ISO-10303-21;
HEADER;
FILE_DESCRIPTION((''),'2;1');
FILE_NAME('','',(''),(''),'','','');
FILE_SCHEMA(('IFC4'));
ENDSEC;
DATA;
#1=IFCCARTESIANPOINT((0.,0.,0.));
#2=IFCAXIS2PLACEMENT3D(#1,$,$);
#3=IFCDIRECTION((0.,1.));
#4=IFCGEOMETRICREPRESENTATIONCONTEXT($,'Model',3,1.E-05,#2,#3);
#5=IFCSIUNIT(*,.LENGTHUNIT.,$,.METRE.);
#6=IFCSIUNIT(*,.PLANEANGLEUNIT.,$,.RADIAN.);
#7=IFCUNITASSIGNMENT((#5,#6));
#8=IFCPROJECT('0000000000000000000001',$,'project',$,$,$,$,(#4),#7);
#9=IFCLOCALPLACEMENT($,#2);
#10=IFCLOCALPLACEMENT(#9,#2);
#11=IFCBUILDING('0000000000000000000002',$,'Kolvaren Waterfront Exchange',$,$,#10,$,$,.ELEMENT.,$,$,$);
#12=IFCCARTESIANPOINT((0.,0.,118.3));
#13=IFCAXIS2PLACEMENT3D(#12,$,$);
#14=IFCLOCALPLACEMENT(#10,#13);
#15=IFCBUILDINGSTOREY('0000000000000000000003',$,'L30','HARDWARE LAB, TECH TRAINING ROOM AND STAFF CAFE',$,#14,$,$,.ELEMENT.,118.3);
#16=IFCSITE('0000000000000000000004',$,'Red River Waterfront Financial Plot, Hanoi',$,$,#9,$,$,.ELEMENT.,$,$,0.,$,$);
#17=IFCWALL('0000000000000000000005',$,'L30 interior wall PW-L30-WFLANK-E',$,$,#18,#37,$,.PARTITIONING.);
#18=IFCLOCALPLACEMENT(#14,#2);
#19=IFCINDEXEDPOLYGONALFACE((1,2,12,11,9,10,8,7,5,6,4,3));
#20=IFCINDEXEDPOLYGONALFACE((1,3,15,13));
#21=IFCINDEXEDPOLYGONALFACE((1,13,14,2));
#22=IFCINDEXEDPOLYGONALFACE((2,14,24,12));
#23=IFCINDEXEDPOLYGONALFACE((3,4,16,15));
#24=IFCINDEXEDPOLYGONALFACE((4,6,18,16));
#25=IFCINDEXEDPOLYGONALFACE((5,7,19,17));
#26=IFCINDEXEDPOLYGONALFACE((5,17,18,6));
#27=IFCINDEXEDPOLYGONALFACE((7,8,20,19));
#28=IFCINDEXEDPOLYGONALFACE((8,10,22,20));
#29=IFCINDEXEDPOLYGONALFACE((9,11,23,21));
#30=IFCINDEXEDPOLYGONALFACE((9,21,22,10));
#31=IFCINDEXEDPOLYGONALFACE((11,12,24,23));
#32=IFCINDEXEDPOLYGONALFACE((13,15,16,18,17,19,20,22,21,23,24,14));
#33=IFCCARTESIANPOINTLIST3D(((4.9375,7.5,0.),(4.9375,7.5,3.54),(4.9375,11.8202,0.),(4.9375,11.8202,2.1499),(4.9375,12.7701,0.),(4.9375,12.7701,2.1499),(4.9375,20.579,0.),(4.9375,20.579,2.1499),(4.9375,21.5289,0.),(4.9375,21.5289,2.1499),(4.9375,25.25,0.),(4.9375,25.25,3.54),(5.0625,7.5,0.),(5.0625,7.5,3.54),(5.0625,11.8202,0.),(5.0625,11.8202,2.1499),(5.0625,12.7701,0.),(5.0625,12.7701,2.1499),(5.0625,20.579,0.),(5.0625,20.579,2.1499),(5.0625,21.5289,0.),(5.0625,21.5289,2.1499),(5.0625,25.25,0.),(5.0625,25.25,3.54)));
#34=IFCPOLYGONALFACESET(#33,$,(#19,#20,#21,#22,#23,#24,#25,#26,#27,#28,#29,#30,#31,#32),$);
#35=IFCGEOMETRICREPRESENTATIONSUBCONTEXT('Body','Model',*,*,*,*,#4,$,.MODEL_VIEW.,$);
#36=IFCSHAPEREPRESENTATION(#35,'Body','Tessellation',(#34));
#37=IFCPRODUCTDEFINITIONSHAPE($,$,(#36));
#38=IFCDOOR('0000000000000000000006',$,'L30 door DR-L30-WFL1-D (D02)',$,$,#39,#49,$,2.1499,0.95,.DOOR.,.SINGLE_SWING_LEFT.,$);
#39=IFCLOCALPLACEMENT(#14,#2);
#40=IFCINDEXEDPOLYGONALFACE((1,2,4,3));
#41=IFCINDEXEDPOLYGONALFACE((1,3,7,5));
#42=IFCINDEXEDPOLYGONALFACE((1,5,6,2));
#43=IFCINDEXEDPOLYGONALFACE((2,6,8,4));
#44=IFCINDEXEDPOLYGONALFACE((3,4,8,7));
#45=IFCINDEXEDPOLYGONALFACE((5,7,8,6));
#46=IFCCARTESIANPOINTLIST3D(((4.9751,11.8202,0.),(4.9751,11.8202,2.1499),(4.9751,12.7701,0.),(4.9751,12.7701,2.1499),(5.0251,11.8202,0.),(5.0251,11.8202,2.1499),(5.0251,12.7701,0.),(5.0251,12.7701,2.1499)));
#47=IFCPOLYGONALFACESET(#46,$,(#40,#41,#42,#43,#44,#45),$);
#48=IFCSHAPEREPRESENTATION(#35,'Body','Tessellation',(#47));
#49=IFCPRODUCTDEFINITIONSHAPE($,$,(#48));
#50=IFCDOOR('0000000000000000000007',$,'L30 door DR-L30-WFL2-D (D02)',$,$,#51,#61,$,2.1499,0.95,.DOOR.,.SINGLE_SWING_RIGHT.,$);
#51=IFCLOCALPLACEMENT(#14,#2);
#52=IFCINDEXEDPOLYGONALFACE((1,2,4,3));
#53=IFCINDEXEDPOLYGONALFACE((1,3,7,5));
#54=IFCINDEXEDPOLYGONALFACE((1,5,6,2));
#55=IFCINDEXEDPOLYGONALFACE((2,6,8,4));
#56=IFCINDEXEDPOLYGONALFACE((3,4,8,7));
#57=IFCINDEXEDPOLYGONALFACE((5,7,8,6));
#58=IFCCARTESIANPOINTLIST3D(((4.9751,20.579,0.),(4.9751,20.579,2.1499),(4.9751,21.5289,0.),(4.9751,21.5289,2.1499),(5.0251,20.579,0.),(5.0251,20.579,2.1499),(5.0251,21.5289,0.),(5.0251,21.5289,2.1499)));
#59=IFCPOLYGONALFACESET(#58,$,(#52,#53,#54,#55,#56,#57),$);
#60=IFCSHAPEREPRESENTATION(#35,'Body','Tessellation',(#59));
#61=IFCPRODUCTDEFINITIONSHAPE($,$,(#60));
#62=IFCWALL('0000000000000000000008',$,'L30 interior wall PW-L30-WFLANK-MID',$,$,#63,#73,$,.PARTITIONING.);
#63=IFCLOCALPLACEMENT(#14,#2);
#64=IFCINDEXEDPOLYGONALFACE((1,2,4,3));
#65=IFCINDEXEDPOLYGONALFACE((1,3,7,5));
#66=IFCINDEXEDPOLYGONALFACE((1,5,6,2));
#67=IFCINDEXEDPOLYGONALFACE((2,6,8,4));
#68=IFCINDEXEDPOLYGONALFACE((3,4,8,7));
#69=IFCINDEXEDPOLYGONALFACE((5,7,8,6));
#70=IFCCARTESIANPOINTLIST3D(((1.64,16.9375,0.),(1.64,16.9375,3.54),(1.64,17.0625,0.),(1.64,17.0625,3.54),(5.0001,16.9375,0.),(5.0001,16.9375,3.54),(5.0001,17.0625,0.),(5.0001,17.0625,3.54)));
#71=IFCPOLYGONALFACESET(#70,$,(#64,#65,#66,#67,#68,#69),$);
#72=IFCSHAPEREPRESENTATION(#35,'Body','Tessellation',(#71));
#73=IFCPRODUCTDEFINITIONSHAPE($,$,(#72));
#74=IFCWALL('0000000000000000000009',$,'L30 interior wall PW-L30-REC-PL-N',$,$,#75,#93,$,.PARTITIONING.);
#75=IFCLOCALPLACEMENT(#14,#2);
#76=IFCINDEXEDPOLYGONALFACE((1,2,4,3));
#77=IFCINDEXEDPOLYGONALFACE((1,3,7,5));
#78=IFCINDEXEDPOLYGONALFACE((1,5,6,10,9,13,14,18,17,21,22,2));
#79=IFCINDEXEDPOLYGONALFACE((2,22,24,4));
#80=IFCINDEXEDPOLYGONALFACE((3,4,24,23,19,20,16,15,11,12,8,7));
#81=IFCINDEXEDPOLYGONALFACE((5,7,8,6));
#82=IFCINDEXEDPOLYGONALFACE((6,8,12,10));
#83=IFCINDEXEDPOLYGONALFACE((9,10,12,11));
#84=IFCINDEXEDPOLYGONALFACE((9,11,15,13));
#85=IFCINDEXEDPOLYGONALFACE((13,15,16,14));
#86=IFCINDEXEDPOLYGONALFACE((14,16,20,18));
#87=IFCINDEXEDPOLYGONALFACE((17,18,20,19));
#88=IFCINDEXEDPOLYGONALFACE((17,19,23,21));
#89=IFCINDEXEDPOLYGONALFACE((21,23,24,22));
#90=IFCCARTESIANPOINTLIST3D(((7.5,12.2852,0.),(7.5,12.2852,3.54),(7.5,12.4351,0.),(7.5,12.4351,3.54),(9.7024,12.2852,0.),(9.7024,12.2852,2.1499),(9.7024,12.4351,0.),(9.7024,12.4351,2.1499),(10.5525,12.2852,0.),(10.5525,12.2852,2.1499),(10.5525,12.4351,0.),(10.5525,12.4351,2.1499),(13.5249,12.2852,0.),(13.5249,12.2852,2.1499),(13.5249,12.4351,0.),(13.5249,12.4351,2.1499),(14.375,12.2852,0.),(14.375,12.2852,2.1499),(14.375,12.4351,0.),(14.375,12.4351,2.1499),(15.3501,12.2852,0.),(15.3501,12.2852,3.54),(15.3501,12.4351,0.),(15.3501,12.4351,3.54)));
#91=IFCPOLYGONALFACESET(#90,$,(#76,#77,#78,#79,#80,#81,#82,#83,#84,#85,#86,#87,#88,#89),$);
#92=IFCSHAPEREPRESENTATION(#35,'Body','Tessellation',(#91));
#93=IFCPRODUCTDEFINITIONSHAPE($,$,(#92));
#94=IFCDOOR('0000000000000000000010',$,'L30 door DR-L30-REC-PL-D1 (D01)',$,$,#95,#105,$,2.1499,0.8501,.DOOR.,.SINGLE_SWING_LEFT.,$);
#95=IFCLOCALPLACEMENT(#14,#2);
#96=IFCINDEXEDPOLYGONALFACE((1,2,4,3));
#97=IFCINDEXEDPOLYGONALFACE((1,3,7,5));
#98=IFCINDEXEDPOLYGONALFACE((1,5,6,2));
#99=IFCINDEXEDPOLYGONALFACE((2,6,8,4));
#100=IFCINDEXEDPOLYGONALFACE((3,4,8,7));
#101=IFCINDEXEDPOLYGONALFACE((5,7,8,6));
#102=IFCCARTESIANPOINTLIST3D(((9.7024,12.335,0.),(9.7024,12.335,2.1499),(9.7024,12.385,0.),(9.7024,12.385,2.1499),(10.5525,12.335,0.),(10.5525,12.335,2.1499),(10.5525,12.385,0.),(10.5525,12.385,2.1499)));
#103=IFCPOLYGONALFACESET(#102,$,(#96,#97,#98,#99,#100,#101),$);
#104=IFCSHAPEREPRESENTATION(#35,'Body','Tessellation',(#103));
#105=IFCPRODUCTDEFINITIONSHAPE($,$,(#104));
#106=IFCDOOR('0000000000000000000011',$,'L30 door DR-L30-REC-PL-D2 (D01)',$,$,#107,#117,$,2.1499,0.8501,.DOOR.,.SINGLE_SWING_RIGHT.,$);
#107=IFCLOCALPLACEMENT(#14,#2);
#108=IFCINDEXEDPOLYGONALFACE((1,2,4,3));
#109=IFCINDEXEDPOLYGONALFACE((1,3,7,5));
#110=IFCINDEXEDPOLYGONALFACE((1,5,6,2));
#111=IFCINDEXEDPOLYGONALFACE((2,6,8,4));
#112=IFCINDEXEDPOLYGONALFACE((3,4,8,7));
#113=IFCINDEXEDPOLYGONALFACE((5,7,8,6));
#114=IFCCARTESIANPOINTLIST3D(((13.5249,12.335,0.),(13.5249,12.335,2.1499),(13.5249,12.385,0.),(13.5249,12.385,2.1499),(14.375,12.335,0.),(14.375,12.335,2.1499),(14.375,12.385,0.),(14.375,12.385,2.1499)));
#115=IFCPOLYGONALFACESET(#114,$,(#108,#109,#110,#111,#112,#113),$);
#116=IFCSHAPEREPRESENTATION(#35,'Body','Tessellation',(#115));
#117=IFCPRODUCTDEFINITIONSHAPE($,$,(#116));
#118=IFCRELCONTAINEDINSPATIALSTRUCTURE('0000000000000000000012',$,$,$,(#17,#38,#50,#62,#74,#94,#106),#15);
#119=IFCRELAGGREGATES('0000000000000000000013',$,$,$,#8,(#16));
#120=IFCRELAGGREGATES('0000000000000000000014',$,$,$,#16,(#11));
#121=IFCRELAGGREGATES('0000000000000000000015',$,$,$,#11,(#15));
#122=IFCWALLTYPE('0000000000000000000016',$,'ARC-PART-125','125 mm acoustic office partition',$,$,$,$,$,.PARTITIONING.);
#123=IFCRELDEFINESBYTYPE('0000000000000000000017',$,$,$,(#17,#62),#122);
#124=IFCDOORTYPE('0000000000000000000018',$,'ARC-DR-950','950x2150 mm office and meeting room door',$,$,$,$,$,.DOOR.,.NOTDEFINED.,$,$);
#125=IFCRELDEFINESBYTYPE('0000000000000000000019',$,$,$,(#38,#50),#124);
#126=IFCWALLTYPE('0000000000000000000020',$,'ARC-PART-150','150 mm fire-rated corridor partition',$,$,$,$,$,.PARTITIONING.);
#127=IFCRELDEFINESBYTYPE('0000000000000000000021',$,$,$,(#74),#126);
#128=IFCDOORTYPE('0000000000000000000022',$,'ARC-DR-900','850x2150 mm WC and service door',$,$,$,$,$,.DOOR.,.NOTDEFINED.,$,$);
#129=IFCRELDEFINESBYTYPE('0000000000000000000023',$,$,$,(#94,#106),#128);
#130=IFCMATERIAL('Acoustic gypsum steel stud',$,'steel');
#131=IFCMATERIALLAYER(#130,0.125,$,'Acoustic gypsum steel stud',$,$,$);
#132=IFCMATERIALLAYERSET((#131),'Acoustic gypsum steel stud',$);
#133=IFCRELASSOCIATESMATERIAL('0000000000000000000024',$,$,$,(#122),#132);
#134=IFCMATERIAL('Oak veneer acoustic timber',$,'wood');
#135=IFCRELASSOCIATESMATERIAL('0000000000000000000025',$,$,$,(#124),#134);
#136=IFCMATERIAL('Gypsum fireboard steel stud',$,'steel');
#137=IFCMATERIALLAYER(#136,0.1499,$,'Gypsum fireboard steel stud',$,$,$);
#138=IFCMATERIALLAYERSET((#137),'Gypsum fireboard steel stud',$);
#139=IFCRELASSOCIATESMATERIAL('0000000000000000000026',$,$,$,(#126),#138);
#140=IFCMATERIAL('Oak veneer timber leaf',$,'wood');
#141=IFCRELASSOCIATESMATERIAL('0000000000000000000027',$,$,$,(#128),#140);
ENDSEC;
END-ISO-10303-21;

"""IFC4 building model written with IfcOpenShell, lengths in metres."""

from ifc_helpers import new_model, si_unit, direction, frame, frame_2d, origin, place, context, subcontext, project, spatial, rectangle, extrude, material, layer, layer_set, type_object, element, fill, save


model = new_model("IFC4")

# Units and contexts
model_context = context("Model", 3, precision=1e-05, world=origin(), true_north=direction((0.0, 1.0)))
body_context = subcontext(model_context, "Body", "Model", "MODEL_VIEW")
ifc_project = project(units=[si_unit("LENGTHUNIT", "METRE"), si_unit("PLANEANGLEUNIT", "RADIAN")], contexts=[model_context])

# Site, building, storey
site_placement = place(None, origin())
site = spatial("IfcSite", under=ifc_project, at=site_placement, Name="Red River Waterfront Financial Plot, Hanoi", CompositionType="ELEMENT", RefElevation=0.0)
building_placement = place(site_placement, origin())
building = spatial("IfcBuilding", under=site, at=building_placement, Name="Kolvaren Waterfront Exchange", CompositionType="ELEMENT")
storey_placement = place(building_placement, frame((0.0, 0.0, 118.3)))
storey = spatial("IfcBuildingStorey", under=building, at=storey_placement, Name="L30", Description="HARDWARE LAB, TECH TRAINING ROOM AND STAFF CAFE", CompositionType="ELEMENT", Elevation=118.3)

# Wall, openings, doors
ifc_material_1 = material(Name="Acoustic gypsum steel stud", Category="steel")
ifc_layer_1 = layer(ifc_material_1, 0.125, Name="Acoustic gypsum steel stud")
ifc_layer_set_1 = layer_set([ifc_layer_1], Name="Acoustic gypsum steel stud")
wall_type_1 = type_object("IfcWallType", Name="ARC-PART-125", Description="125 mm acoustic office partition", PredefinedType="PARTITIONING", material=ifc_layer_set_1)
wall_1_placement = place(storey_placement, frame((5.0, 7.5, 0.0), z_axis=(0.0, 0.0, 1.0), x_axis=(0.0, 1.0, 0.0)))
wall_1 = element("IfcWall", 1, at=wall_1_placement, inside=storey, type_object=wall_type_1, Name="L30 interior wall PW-L30-WFLANK-E", PredefinedType="PARTITIONING", context=body_context, shape_type="SweptSolid", body=[
    extrude(rectangle(XDim=17.75, YDim=0.125, at=frame_2d((8.875, 0.0))), origin(), (0.0, 0.0, 1.0), 3.54),
])
opening_1_placement = place(wall_1_placement, frame((4.3201, 0.0, 0.0)))
opening_1 = element("IfcOpeningElement", 2, at=opening_1_placement, cuts=wall_1, PredefinedType="OPENING", context=body_context, shape_type="SweptSolid", body=[
    extrude(rectangle(XDim=0.95, YDim=2.1499, at=frame_2d((0.4751, 1.075))), frame((0.0, 0.0725, 0.0), z_axis=(0.0, -1.0, 0.0), x_axis=(1.0, 0.0, 0.0)), (0.0, 0.0, 1.0), 0.145),
])
opening_2_placement = place(wall_1_placement, frame((13.0789, 0.0, 0.0)))
opening_2 = element("IfcOpeningElement", 3, at=opening_2_placement, cuts=wall_1, PredefinedType="OPENING", context=body_context, shape_type="SweptSolid", body=[
    extrude(rectangle(XDim=0.95, YDim=2.1499, at=frame_2d((0.4751, 1.075))), frame((0.0, 0.0725, 0.0), z_axis=(0.0, -1.0, 0.0), x_axis=(1.0, 0.0, 0.0)), (0.0, 0.0, 1.0), 0.145),
])
ifc_material_2 = material(Name="Oak veneer acoustic timber", Category="wood")
door_type_1 = type_object("IfcDoorType", Name="ARC-DR-950", Description="950x2150 mm office and meeting room door", OperationType="NOTDEFINED", PredefinedType="DOOR", material=ifc_material_2)
door_1_placement = place(opening_1_placement, origin())
door_1 = element("IfcDoor", 4, at=door_1_placement, inside=storey, type_object=door_type_1, Name="L30 door DR-L30-WFL1-D (D02)", OperationType="SINGLE_SWING_LEFT", OverallHeight=2.1499, OverallWidth=0.95, PredefinedType="DOOR", context=body_context, shape_type="SweptSolid", body=[
    extrude(rectangle(XDim=0.95, YDim=2.1499, at=frame_2d((0.4751, 1.075))), frame((0.0, 0.0249, 0.0), z_axis=(0.0, -1.0, 0.0), x_axis=(1.0, 0.0, 0.0)), (0.0, 0.0, 1.0), 0.05),
])
fill(opening_1, door_1)
door_2_placement = place(opening_2_placement, origin())
door_2 = element("IfcDoor", 5, at=door_2_placement, inside=storey, type_object=door_type_1, Name="L30 door DR-L30-WFL2-D (D02)", OperationType="SINGLE_SWING_RIGHT", OverallHeight=2.1499, OverallWidth=0.95, PredefinedType="DOOR", context=body_context, shape_type="SweptSolid", body=[
    extrude(rectangle(XDim=0.95, YDim=2.1499, at=frame_2d((0.4751, 1.075))), frame((0.0, 0.0249, 0.0), z_axis=(0.0, -1.0, 0.0), x_axis=(1.0, 0.0, 0.0)), (0.0, 0.0, 1.0), 0.05),
])
fill(opening_2, door_2)

# Wall
wall_2_placement = place(storey_placement, frame((1.6399, 17.0, 0.0), z_axis=(0.0, 0.0, 1.0), x_axis=(1.0, 0.0, 0.0)))
element("IfcWall", 6, at=wall_2_placement, inside=storey, type_object=wall_type_1, Name="L30 interior wall PW-L30-WFLANK-MID", PredefinedType="PARTITIONING", context=body_context, shape_type="SweptSolid", body=[
    extrude(rectangle(XDim=3.3601, YDim=0.125, at=frame_2d((1.6802, 0.0))), origin(), (0.0, 0.0, 1.0), 3.54),
])

# Wall, openings, doors
ifc_material_3 = material(Name="Gypsum fireboard steel stud", Category="steel")
ifc_layer_2 = layer(ifc_material_3, 0.1499, Name="Gypsum fireboard steel stud")
ifc_layer_set_2 = layer_set([ifc_layer_2], Name="Gypsum fireboard steel stud")
wall_type_2 = type_object("IfcWallType", Name="ARC-PART-150", Description="150 mm fire-rated corridor partition", PredefinedType="PARTITIONING", material=ifc_layer_set_2)
wall_3_placement = place(storey_placement, frame((7.5, 12.3601, 0.0), z_axis=(0.0, 0.0, 1.0), x_axis=(1.0, 0.0, 0.0)))
wall_3 = element("IfcWall", 7, at=wall_3_placement, inside=storey, type_object=wall_type_2, Name="L30 interior wall PW-L30-REC-PL-N", PredefinedType="PARTITIONING", context=body_context, shape_type="SweptSolid", body=[
    extrude(rectangle(XDim=7.8501, YDim=0.1499, at=frame_2d((3.925, 0.0))), origin(), (0.0, 0.0, 1.0), 3.54),
])
opening_3_placement = place(wall_3_placement, frame((2.2024, 0.0, 0.0)))
opening_3 = element("IfcOpeningElement", 8, at=opening_3_placement, cuts=wall_3, PredefinedType="OPENING", context=body_context, shape_type="SweptSolid", body=[
    extrude(rectangle(XDim=0.8501, YDim=2.1499, at=frame_2d((0.425, 1.075))), frame((0.0, 0.085, 0.0), z_axis=(0.0, -1.0, 0.0), x_axis=(1.0, 0.0, 0.0)), (0.0, 0.0, 1.0), 0.1699),
])
opening_4_placement = place(wall_3_placement, frame((6.0249, 0.0, 0.0)))
opening_4 = element("IfcOpeningElement", 9, at=opening_4_placement, cuts=wall_3, PredefinedType="OPENING", context=body_context, shape_type="SweptSolid", body=[
    extrude(rectangle(XDim=0.8501, YDim=2.1499, at=frame_2d((0.425, 1.075))), frame((0.0, 0.085, 0.0), z_axis=(0.0, -1.0, 0.0), x_axis=(1.0, 0.0, 0.0)), (0.0, 0.0, 1.0), 0.1699),
])
ifc_material_4 = material(Name="Oak veneer timber leaf", Category="wood")
door_type_2 = type_object("IfcDoorType", Name="ARC-DR-900", Description="850x2150 mm WC and service door", OperationType="NOTDEFINED", PredefinedType="DOOR", material=ifc_material_4)
door_3_placement = place(opening_3_placement, origin())
door_3 = element("IfcDoor", 10, at=door_3_placement, inside=storey, type_object=door_type_2, Name="L30 door DR-L30-REC-PL-D1 (D01)", OperationType="SINGLE_SWING_LEFT", OverallHeight=2.1499, OverallWidth=0.8501, PredefinedType="DOOR", context=body_context, shape_type="SweptSolid", body=[
    extrude(rectangle(XDim=0.8501, YDim=2.1499, at=frame_2d((0.425, 1.075))), frame((0.0, 0.0249, 0.0), z_axis=(0.0, -1.0, 0.0), x_axis=(1.0, 0.0, 0.0)), (0.0, 0.0, 1.0), 0.05),
])
fill(opening_3, door_3)
door_4_placement = place(opening_4_placement, origin())
door_4 = element("IfcDoor", 11, at=door_4_placement, inside=storey, type_object=door_type_2, Name="L30 door DR-L30-REC-PL-D2 (D01)", OperationType="SINGLE_SWING_RIGHT", OverallHeight=2.1499, OverallWidth=0.8501, PredefinedType="DOOR", context=body_context, shape_type="SweptSolid", body=[
    extrude(rectangle(XDim=0.8501, YDim=2.1499, at=frame_2d((0.425, 1.075))), frame((0.0, 0.0249, 0.0), z_axis=(0.0, -1.0, 0.0), x_axis=(1.0, 0.0, 0.0)), (0.0, 0.0, 1.0), 0.05),
])
fill(opening_4, door_4)

save(model, "model.ifc")
